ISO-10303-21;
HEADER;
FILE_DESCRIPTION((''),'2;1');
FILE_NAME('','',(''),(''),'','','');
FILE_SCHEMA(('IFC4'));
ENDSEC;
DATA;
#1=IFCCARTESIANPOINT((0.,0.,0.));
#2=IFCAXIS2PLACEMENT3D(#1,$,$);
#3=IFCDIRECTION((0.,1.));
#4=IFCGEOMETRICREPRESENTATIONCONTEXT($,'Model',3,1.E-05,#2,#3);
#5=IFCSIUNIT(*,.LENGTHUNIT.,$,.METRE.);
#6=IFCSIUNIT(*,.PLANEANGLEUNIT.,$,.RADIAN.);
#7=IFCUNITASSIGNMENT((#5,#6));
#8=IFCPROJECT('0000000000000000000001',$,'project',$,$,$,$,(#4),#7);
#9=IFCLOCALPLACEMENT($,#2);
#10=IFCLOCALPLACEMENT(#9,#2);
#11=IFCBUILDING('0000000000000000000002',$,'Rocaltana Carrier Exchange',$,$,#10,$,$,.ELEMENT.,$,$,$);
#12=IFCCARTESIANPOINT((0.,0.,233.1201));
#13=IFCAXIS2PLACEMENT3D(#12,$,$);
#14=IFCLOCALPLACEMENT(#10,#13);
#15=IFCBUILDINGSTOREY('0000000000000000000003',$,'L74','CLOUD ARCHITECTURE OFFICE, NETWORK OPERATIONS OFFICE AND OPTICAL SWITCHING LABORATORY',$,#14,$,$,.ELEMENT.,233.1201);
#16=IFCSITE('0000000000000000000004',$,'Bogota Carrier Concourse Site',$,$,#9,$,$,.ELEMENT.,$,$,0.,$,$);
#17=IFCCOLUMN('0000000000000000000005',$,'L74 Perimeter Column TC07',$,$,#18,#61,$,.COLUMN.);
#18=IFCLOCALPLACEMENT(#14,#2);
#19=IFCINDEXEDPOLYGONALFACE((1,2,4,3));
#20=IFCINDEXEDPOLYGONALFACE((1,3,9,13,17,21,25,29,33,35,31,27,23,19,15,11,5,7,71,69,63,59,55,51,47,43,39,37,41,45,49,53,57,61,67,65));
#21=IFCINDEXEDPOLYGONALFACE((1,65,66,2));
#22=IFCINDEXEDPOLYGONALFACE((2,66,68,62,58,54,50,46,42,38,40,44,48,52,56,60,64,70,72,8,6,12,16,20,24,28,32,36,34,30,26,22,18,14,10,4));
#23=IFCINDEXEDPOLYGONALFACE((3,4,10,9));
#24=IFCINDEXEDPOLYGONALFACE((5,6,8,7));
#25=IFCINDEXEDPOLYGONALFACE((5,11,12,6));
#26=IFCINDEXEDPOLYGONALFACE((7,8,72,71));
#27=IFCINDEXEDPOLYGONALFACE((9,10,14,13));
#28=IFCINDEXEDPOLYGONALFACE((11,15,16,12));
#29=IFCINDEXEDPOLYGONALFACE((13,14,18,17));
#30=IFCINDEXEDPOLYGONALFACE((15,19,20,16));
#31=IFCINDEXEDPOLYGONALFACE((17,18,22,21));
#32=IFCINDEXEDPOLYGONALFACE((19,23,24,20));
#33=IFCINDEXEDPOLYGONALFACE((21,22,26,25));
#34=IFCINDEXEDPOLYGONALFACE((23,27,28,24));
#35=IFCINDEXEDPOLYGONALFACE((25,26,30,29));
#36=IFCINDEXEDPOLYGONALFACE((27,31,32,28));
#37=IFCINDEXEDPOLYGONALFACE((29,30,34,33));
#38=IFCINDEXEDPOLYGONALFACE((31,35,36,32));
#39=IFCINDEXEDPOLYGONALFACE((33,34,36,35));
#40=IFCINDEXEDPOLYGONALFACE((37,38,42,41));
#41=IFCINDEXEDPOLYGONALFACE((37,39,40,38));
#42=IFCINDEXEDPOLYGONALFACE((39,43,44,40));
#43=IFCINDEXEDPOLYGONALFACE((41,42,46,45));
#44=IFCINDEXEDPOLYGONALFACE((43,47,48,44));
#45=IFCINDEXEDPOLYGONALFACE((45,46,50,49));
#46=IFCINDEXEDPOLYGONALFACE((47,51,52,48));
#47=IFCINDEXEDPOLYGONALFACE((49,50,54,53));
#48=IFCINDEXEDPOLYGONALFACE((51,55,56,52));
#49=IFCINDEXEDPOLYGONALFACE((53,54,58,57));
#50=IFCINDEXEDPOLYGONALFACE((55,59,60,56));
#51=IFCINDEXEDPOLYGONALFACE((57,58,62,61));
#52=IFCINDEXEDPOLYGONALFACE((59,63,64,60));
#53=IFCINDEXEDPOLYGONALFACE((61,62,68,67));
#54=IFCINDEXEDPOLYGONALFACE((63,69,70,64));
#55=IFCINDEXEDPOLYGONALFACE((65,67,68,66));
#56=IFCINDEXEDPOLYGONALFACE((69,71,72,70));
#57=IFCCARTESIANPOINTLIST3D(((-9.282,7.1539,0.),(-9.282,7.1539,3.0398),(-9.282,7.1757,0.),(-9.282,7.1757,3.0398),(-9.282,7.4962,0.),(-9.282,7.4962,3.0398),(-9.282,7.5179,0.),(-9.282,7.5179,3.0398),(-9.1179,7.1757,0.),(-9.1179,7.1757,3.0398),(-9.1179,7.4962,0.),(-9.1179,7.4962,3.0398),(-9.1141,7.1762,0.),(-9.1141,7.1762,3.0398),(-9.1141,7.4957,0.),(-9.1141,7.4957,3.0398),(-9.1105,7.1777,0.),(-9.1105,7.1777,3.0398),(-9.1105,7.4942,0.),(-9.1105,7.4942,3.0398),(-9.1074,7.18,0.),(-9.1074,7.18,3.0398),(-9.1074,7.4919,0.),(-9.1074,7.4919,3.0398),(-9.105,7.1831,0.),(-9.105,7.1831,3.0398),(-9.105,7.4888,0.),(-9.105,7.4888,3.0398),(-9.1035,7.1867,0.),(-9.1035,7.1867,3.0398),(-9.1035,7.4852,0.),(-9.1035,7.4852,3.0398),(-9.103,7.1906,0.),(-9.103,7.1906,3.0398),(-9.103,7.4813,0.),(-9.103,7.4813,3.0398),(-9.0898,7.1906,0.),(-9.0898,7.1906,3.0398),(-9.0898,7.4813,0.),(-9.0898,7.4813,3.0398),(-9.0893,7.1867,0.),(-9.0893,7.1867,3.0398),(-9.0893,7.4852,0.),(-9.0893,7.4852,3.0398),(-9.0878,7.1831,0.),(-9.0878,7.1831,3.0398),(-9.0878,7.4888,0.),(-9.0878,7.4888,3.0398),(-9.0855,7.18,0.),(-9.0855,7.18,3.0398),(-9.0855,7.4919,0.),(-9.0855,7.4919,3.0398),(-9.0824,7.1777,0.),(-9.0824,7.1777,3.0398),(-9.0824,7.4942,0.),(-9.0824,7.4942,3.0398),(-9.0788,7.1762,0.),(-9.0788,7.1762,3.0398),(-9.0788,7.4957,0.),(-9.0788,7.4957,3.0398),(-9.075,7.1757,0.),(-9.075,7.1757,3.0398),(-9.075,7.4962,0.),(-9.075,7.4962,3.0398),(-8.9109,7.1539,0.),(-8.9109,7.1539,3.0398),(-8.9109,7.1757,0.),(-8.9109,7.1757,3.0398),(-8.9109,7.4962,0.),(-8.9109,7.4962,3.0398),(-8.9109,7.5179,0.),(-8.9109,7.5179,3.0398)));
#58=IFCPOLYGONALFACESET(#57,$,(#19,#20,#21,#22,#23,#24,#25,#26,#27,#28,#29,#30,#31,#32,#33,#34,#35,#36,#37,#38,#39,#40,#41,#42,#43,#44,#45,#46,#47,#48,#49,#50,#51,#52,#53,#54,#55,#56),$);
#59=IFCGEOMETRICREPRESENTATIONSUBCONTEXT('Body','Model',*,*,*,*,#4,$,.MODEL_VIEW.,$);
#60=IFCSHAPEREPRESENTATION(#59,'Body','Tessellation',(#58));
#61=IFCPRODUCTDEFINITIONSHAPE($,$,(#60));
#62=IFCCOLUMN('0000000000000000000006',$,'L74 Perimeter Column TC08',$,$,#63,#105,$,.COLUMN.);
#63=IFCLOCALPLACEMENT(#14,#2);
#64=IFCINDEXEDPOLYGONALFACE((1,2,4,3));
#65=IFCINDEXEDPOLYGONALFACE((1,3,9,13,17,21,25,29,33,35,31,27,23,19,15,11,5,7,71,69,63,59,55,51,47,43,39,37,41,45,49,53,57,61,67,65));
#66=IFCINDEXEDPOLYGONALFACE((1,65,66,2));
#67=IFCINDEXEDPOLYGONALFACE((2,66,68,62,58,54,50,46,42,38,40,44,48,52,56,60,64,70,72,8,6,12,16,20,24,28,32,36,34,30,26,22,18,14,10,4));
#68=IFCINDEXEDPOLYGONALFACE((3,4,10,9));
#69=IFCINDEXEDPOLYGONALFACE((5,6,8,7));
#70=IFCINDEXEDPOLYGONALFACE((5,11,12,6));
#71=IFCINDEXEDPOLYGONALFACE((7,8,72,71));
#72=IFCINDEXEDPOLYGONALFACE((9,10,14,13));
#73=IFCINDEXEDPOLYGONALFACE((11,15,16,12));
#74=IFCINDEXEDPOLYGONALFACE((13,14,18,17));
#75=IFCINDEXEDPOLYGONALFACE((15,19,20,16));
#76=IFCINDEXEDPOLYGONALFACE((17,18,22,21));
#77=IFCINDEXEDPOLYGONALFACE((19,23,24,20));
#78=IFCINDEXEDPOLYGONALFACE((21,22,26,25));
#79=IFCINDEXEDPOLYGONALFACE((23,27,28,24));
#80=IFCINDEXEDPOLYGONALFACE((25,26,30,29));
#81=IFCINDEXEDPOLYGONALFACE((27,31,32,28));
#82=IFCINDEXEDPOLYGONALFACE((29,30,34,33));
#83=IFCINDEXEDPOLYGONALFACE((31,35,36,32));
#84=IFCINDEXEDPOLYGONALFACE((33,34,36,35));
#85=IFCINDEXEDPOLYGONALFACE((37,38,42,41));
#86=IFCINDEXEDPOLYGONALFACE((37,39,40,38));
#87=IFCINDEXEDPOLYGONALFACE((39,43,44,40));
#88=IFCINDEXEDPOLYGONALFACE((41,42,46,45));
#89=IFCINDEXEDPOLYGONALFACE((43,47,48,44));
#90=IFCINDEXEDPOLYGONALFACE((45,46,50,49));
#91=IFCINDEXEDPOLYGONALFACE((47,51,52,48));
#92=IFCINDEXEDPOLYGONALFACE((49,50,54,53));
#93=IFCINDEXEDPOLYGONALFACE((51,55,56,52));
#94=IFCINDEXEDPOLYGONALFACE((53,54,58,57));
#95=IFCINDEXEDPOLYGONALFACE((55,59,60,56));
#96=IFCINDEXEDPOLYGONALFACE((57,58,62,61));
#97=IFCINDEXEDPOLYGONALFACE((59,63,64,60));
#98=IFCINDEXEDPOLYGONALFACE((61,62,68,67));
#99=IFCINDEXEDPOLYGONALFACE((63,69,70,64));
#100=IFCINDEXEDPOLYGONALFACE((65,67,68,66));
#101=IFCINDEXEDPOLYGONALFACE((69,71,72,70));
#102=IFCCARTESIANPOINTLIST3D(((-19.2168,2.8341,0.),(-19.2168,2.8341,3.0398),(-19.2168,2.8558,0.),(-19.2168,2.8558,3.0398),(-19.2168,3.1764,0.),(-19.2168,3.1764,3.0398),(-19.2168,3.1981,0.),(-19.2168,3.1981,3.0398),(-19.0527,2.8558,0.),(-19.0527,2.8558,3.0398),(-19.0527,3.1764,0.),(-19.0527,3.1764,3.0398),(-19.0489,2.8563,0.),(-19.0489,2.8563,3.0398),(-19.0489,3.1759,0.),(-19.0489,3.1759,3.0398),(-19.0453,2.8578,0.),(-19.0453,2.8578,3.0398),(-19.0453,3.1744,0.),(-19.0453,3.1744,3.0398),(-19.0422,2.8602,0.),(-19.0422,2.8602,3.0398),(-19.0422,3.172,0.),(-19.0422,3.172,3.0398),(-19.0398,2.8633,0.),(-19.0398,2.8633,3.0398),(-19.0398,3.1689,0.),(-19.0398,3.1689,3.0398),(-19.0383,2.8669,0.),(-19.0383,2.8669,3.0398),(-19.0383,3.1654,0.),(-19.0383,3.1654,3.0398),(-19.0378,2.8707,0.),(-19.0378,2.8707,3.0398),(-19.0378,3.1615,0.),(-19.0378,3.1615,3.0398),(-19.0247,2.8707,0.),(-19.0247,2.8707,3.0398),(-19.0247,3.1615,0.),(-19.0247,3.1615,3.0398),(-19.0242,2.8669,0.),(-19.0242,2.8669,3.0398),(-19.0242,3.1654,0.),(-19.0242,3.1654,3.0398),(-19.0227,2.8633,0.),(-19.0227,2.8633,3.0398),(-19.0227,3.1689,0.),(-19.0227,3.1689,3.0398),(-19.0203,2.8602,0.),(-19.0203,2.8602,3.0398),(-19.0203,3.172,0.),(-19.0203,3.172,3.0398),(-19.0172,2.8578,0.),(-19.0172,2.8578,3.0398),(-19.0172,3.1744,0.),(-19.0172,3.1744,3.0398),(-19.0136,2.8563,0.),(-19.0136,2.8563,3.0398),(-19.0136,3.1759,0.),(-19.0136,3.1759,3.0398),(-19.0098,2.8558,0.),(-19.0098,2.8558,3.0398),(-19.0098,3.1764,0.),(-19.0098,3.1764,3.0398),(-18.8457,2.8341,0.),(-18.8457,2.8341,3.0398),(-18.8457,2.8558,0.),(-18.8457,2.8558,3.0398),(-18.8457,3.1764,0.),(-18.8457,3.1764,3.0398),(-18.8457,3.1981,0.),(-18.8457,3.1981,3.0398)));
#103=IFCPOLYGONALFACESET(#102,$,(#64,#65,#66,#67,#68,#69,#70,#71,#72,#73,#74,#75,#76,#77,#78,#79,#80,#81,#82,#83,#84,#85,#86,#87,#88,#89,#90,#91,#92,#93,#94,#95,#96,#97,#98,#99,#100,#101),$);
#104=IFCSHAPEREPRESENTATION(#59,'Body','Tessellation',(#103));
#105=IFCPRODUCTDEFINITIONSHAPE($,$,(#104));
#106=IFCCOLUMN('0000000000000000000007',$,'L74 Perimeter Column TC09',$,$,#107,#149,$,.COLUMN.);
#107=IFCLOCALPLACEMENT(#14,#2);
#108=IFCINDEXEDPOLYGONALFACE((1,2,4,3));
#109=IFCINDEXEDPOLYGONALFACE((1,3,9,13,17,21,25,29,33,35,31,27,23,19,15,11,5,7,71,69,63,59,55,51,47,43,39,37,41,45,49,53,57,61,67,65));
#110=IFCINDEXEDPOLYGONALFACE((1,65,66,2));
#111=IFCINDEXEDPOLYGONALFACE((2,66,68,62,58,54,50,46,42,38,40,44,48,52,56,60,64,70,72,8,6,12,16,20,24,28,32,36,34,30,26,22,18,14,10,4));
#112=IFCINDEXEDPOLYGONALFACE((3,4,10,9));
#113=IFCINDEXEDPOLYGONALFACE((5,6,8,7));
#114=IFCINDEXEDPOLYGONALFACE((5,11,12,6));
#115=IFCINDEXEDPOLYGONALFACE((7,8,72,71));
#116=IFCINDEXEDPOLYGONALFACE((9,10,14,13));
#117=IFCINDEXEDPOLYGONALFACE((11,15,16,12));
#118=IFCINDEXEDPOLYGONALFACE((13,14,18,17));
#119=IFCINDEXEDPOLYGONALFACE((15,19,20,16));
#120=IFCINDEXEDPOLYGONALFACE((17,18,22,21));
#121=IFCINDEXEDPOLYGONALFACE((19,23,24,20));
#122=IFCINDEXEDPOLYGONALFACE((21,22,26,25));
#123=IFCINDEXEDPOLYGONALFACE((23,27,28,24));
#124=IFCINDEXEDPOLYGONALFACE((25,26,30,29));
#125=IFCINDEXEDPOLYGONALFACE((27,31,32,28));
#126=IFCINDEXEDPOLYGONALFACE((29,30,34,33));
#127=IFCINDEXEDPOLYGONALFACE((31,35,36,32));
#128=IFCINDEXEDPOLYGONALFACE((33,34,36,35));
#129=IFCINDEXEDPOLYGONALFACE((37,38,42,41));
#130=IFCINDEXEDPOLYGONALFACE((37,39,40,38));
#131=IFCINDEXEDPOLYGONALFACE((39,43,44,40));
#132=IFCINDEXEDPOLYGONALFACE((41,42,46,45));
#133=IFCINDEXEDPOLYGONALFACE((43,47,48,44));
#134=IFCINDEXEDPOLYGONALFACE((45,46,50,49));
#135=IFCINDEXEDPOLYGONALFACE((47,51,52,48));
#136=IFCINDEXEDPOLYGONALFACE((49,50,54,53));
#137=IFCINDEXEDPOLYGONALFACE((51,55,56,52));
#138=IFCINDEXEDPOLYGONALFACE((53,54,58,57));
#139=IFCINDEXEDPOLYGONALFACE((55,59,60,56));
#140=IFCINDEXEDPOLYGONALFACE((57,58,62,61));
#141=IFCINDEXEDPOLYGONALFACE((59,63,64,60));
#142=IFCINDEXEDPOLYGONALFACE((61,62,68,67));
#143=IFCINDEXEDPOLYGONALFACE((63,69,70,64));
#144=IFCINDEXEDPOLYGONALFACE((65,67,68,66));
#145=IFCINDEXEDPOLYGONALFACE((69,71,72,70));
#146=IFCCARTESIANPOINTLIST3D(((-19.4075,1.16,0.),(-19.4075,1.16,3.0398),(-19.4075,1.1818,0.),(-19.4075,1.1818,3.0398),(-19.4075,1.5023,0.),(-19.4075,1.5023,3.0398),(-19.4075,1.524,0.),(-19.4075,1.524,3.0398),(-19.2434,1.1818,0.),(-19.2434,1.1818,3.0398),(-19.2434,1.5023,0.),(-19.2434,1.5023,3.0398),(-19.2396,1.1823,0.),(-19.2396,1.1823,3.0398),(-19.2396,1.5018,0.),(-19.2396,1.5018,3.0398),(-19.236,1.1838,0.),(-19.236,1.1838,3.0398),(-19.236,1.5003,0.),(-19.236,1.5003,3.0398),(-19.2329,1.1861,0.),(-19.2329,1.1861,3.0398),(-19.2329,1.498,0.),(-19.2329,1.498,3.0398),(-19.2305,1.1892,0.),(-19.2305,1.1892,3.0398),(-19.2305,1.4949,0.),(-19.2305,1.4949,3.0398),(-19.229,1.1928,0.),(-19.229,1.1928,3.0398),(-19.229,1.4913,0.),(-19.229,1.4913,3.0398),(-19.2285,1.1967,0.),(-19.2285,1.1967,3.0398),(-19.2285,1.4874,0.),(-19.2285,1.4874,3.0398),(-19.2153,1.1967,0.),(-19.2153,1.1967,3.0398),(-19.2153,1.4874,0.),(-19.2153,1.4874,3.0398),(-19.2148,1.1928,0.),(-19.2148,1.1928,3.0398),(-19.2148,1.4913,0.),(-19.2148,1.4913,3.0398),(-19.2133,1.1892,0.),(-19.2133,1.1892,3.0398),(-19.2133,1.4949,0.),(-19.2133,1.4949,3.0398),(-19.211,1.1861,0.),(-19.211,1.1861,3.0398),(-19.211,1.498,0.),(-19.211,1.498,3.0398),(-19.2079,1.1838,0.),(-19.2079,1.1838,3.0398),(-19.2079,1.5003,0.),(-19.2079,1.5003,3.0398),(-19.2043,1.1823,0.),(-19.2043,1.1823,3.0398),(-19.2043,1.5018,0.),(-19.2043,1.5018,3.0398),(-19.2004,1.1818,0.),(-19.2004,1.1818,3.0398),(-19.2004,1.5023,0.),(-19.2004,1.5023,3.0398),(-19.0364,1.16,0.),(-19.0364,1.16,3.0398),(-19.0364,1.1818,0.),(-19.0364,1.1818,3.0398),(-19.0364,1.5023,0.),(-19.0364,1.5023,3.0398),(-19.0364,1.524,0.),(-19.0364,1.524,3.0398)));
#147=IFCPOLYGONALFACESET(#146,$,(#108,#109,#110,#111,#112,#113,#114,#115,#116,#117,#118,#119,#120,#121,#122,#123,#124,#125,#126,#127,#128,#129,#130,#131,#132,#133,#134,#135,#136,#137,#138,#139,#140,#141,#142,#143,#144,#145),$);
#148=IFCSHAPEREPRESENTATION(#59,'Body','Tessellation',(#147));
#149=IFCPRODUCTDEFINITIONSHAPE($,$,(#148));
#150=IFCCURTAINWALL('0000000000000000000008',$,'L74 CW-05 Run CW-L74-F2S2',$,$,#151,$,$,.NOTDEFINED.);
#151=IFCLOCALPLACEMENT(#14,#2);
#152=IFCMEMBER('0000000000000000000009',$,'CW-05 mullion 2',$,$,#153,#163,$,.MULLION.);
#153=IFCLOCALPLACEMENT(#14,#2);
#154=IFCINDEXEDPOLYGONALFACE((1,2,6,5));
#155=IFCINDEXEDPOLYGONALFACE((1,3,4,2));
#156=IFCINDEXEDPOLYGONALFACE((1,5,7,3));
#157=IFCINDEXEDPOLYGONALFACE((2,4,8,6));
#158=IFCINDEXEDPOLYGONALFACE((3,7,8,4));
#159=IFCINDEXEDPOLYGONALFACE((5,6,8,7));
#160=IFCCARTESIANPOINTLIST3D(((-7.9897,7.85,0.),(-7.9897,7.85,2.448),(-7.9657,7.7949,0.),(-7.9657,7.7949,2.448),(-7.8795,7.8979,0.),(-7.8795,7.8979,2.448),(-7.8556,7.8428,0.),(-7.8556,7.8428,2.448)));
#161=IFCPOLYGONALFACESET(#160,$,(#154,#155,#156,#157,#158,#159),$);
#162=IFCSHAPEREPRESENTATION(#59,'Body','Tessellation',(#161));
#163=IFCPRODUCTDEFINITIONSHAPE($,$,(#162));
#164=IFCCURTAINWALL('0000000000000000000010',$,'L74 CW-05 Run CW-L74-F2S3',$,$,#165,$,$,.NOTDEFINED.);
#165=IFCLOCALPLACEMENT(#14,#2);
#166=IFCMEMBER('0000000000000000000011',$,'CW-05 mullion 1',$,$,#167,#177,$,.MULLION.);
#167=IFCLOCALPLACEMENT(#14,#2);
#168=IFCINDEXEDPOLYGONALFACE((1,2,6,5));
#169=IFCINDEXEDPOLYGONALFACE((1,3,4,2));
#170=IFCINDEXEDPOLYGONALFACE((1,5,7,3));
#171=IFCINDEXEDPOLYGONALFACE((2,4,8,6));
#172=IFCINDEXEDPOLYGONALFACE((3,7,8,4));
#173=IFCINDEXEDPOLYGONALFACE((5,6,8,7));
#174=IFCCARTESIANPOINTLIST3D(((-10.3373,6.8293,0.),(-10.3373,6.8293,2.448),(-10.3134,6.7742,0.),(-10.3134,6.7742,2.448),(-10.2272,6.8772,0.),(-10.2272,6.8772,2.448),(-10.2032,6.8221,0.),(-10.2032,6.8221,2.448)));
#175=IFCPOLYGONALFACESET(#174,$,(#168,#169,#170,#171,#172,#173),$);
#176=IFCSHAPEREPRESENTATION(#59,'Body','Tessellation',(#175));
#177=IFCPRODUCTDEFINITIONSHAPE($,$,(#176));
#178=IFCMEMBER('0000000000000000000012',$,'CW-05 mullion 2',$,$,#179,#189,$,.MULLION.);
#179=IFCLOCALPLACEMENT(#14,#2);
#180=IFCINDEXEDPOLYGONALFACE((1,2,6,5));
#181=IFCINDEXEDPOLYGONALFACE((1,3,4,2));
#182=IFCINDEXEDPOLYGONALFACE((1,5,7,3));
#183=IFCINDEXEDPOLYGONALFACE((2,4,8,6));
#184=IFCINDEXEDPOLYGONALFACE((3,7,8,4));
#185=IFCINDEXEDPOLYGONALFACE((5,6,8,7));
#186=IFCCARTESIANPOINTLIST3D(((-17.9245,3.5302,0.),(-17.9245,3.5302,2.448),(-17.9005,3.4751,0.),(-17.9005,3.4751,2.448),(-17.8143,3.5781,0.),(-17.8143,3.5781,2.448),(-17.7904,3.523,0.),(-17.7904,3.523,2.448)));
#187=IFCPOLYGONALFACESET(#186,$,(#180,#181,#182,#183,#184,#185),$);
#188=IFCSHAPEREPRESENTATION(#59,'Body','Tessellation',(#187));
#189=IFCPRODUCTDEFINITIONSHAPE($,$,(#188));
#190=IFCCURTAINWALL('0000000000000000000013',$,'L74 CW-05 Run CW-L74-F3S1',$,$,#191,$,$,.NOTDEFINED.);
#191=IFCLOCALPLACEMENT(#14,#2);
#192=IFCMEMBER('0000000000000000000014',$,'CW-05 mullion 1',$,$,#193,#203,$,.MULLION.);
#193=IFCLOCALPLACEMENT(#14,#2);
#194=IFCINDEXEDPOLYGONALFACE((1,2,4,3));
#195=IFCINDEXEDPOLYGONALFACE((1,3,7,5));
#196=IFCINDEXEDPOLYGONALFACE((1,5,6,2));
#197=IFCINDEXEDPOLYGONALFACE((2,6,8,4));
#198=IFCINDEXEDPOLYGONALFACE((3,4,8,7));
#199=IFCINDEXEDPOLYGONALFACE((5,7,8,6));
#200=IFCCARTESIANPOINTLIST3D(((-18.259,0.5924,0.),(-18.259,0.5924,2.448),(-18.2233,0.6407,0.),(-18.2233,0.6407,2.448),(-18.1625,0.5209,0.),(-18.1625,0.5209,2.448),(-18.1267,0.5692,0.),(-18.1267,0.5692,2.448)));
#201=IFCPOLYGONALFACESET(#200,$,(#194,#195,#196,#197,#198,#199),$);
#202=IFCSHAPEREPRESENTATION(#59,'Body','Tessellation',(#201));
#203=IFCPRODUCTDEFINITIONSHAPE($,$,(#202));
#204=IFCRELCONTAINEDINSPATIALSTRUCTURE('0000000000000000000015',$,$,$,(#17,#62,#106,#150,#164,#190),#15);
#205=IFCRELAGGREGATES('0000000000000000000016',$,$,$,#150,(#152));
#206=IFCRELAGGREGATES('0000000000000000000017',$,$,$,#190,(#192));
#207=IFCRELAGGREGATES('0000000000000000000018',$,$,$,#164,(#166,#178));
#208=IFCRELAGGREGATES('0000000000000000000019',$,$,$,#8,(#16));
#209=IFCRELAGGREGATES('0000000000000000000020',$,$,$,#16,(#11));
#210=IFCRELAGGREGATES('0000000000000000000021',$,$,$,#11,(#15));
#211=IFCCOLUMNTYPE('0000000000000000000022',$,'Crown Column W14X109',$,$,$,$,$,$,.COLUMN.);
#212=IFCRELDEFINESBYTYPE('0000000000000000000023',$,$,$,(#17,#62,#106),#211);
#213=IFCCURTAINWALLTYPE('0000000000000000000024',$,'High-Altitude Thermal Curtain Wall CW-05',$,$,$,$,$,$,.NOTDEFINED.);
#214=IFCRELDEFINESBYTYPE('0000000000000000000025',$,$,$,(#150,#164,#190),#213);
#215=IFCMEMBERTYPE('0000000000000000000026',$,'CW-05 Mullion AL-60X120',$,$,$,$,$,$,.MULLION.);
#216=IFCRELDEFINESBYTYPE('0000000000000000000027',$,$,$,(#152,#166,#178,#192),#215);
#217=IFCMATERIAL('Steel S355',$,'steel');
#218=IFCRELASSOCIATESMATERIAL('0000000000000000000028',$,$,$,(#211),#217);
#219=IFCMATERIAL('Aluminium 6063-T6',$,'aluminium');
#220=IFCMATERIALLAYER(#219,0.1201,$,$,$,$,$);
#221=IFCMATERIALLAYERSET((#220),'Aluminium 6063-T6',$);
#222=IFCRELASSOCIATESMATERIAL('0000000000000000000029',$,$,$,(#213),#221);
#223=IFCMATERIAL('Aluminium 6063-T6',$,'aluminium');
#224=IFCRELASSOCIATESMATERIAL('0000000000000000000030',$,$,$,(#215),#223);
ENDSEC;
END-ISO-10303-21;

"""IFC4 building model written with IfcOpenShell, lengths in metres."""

from ifc_helpers import new_model, si_unit, direction, frame, origin, origin_2d, place, context, subcontext, project, spatial, rectangle, i_section, extrude, material, layer, layer_set, material_profile, profile_set, type_object, element, aggregate, save


model = new_model("IFC4")

# Units and contexts
model_context = context("Model", 3, precision=1e-05, world=origin(), true_north=direction((0.0, 1.0)))
body_context = subcontext(model_context, "Body", "Model", "MODEL_VIEW")
ifc_project = project(units=[si_unit("LENGTHUNIT", "METRE"), si_unit("PLANEANGLEUNIT", "RADIAN")], contexts=[model_context])

# Site, building, storey
site_placement = place(None, origin())
site = spatial("IfcSite", under=ifc_project, at=site_placement, Name="Bogota Carrier Concourse Site", CompositionType="ELEMENT", RefElevation=0.0)
building_placement = place(site_placement, origin())
building = spatial("IfcBuilding", under=site, at=building_placement, Name="Rocaltana Carrier Exchange", CompositionType="ELEMENT")
storey_placement = place(building_placement, frame((0.0, 0.0, 233.1201)))
storey = spatial("IfcBuildingStorey", under=building, at=storey_placement, Name="L74", Description="CLOUD ARCHITECTURE OFFICE, NETWORK OPERATIONS OFFICE AND OPTICAL SWITCHING LABORATORY", CompositionType="ELEMENT", Elevation=233.1201)

# Columns
ifc_material_1 = material(Name="Steel S355", Category="steel")
ifc_material_profile_1 = material_profile(ifc_material_1, i_section(OverallWidth=0.3711, OverallDepth=0.364, WebThickness=0.0132, FlangeThickness=0.0217, FilletRadius=0.0149, at=origin_2d()), Name="W14X109")
ifc_profile_set_1 = profile_set([ifc_material_profile_1], Name="Steel S355")
column_type = type_object("IfcColumnType", Name="Crown Column W14X109", PredefinedType="COLUMN", material=ifc_profile_set_1)
for number, where, z_axis, x_axis, name in (
    (1, (-9.0964, 7.3359, 0.0), (0.0, 0.0, 1.0), (1.0, 0.0, 0.0), "L74 Perimeter Column TC07"),
    (2, (-19.0312, 3.0161, 0.0), (0.0, 0.0, 1.0), (1.0, 0.0, 0.0), "L74 Perimeter Column TC08"),
    (3, (-19.2219, 1.342, 0.0), (0.0, 0.0, 1.0), (1.0, 0.0, 0.0), "L74 Perimeter Column TC09"),
):
    element("IfcColumn", number, at=place(storey_placement, frame(where, z_axis=z_axis, x_axis=x_axis)), inside=storey, type_object=column_type, Name=name, PredefinedType="COLUMN", context=body_context, shape_type="SweptSolid", body=[
        extrude(i_section(OverallWidth=0.3711, OverallDepth=0.364, WebThickness=0.0132, FlangeThickness=0.0217, FilletRadius=0.0149, at=origin_2d()), origin(), (0.0, 0.0, 1.0), 3.0398),
    ])

# Curtain wall, member
ifc_material_2 = material(Name="Aluminium 6063-T6", Category="aluminium")
ifc_layer_1 = layer(ifc_material_2, 0.1201)
ifc_layer_set_1 = layer_set([ifc_layer_1], Name="Aluminium 6063-T6")
curtain_wall_type = type_object("IfcCurtainWallType", Name="High-Altitude Thermal Curtain Wall CW-05", PredefinedType="NOTDEFINED", material=ifc_layer_set_1)
curtain_wall_1_placement = place(storey_placement, origin())
curtain_wall_1 = element("IfcCurtainWall", 4, at=curtain_wall_1_placement, inside=storey, type_object=curtain_wall_type, Name="L74 CW-05 Run CW-L74-F2S2", PredefinedType="NOTDEFINED")
ifc_material_3 = material(Name="Aluminium 6063-T6", Category="aluminium")
ifc_material_profile_2 = material_profile(ifc_material_3, rectangle(XDim=0.0601, YDim=0.1201, at=origin_2d()), Name="AL-60X120")
ifc_profile_set_2 = profile_set([ifc_material_profile_2], Name="Aluminium 6063-T6")
member_type_1 = type_object("IfcMemberType", Name="CW-05 Mullion AL-60X120", PredefinedType="MULLION", material=ifc_profile_set_2)
member_1_placement = place(storey_placement, frame((-7.9226, 7.8464, 0.0), z_axis=(0.0, 0.0, 1.0), x_axis=(0.398752, -0.917059, 0.0)))
member_1 = element("IfcMember", 5, at=member_1_placement, type_object=member_type_1, Name="CW-05 mullion 2", PredefinedType="MULLION", context=body_context, shape_type="SweptSolid", body=[
    extrude(rectangle(XDim=0.0601, YDim=0.1201, at=origin_2d()), origin(), (0.0, 0.0, 1.0), 2.448),
])
aggregate(curtain_wall_1, [member_1])

# Curtain wall, members
curtain_wall_2_placement = place(storey_placement, origin())
curtain_wall_2 = element("IfcCurtainWall", 6, at=curtain_wall_2_placement, inside=storey, type_object=curtain_wall_type, Name="L74 CW-05 Run CW-L74-F2S3", PredefinedType="NOTDEFINED")
member_2_placement = place(storey_placement, frame((-10.2703, 6.8257, 0.0), z_axis=(0.0, 0.0, 1.0), x_axis=(0.398757, -0.917057, 0.0)))
member_2 = element("IfcMember", 7, at=member_2_placement, type_object=member_type_1, Name="CW-05 mullion 1", PredefinedType="MULLION", context=body_context, shape_type="SweptSolid", body=[
    extrude(rectangle(XDim=0.0601, YDim=0.1201, at=origin_2d()), origin(), (0.0, 0.0, 1.0), 2.448),
])
member_3_placement = place(storey_placement, frame((-17.8574, 3.5266, 0.0), z_axis=(0.0, 0.0, 1.0), x_axis=(0.398757, -0.917057, 0.0)))
member_3 = element("IfcMember", 8, at=member_3_placement, type_object=member_type_1, Name="CW-05 mullion 2", PredefinedType="MULLION", context=body_context, shape_type="SweptSolid", body=[
    extrude(rectangle(XDim=0.0601, YDim=0.1201, at=origin_2d()), origin(), (0.0, 0.0, 1.0), 2.448),
])

# Curtain wall, member
curtain_wall_3_placement = place(storey_placement, origin())
curtain_wall_3 = element("IfcCurtainWall", 9, at=curtain_wall_3_placement, inside=storey, type_object=curtain_wall_type, Name="L74 CW-05 Run CW-L74-F3S1", PredefinedType="NOTDEFINED")
member_4_placement = place(storey_placement, frame((-18.1929, 0.5808, 0.0), z_axis=(0.0, 0.0, 1.0), x_axis=(0.594827, 0.803854, 0.0)))
member_4 = element("IfcMember", 10, at=member_4_placement, type_object=member_type_1, Name="CW-05 mullion 1", PredefinedType="MULLION", context=body_context, shape_type="SweptSolid", body=[
    extrude(rectangle(XDim=0.0601, YDim=0.1201, at=origin_2d()), origin(), (0.0, 0.0, 1.0), 2.448),
])

aggregate(curtain_wall_3, [member_4])

aggregate(curtain_wall_2, [member_2, member_3])

save(model, "model.ifc")
